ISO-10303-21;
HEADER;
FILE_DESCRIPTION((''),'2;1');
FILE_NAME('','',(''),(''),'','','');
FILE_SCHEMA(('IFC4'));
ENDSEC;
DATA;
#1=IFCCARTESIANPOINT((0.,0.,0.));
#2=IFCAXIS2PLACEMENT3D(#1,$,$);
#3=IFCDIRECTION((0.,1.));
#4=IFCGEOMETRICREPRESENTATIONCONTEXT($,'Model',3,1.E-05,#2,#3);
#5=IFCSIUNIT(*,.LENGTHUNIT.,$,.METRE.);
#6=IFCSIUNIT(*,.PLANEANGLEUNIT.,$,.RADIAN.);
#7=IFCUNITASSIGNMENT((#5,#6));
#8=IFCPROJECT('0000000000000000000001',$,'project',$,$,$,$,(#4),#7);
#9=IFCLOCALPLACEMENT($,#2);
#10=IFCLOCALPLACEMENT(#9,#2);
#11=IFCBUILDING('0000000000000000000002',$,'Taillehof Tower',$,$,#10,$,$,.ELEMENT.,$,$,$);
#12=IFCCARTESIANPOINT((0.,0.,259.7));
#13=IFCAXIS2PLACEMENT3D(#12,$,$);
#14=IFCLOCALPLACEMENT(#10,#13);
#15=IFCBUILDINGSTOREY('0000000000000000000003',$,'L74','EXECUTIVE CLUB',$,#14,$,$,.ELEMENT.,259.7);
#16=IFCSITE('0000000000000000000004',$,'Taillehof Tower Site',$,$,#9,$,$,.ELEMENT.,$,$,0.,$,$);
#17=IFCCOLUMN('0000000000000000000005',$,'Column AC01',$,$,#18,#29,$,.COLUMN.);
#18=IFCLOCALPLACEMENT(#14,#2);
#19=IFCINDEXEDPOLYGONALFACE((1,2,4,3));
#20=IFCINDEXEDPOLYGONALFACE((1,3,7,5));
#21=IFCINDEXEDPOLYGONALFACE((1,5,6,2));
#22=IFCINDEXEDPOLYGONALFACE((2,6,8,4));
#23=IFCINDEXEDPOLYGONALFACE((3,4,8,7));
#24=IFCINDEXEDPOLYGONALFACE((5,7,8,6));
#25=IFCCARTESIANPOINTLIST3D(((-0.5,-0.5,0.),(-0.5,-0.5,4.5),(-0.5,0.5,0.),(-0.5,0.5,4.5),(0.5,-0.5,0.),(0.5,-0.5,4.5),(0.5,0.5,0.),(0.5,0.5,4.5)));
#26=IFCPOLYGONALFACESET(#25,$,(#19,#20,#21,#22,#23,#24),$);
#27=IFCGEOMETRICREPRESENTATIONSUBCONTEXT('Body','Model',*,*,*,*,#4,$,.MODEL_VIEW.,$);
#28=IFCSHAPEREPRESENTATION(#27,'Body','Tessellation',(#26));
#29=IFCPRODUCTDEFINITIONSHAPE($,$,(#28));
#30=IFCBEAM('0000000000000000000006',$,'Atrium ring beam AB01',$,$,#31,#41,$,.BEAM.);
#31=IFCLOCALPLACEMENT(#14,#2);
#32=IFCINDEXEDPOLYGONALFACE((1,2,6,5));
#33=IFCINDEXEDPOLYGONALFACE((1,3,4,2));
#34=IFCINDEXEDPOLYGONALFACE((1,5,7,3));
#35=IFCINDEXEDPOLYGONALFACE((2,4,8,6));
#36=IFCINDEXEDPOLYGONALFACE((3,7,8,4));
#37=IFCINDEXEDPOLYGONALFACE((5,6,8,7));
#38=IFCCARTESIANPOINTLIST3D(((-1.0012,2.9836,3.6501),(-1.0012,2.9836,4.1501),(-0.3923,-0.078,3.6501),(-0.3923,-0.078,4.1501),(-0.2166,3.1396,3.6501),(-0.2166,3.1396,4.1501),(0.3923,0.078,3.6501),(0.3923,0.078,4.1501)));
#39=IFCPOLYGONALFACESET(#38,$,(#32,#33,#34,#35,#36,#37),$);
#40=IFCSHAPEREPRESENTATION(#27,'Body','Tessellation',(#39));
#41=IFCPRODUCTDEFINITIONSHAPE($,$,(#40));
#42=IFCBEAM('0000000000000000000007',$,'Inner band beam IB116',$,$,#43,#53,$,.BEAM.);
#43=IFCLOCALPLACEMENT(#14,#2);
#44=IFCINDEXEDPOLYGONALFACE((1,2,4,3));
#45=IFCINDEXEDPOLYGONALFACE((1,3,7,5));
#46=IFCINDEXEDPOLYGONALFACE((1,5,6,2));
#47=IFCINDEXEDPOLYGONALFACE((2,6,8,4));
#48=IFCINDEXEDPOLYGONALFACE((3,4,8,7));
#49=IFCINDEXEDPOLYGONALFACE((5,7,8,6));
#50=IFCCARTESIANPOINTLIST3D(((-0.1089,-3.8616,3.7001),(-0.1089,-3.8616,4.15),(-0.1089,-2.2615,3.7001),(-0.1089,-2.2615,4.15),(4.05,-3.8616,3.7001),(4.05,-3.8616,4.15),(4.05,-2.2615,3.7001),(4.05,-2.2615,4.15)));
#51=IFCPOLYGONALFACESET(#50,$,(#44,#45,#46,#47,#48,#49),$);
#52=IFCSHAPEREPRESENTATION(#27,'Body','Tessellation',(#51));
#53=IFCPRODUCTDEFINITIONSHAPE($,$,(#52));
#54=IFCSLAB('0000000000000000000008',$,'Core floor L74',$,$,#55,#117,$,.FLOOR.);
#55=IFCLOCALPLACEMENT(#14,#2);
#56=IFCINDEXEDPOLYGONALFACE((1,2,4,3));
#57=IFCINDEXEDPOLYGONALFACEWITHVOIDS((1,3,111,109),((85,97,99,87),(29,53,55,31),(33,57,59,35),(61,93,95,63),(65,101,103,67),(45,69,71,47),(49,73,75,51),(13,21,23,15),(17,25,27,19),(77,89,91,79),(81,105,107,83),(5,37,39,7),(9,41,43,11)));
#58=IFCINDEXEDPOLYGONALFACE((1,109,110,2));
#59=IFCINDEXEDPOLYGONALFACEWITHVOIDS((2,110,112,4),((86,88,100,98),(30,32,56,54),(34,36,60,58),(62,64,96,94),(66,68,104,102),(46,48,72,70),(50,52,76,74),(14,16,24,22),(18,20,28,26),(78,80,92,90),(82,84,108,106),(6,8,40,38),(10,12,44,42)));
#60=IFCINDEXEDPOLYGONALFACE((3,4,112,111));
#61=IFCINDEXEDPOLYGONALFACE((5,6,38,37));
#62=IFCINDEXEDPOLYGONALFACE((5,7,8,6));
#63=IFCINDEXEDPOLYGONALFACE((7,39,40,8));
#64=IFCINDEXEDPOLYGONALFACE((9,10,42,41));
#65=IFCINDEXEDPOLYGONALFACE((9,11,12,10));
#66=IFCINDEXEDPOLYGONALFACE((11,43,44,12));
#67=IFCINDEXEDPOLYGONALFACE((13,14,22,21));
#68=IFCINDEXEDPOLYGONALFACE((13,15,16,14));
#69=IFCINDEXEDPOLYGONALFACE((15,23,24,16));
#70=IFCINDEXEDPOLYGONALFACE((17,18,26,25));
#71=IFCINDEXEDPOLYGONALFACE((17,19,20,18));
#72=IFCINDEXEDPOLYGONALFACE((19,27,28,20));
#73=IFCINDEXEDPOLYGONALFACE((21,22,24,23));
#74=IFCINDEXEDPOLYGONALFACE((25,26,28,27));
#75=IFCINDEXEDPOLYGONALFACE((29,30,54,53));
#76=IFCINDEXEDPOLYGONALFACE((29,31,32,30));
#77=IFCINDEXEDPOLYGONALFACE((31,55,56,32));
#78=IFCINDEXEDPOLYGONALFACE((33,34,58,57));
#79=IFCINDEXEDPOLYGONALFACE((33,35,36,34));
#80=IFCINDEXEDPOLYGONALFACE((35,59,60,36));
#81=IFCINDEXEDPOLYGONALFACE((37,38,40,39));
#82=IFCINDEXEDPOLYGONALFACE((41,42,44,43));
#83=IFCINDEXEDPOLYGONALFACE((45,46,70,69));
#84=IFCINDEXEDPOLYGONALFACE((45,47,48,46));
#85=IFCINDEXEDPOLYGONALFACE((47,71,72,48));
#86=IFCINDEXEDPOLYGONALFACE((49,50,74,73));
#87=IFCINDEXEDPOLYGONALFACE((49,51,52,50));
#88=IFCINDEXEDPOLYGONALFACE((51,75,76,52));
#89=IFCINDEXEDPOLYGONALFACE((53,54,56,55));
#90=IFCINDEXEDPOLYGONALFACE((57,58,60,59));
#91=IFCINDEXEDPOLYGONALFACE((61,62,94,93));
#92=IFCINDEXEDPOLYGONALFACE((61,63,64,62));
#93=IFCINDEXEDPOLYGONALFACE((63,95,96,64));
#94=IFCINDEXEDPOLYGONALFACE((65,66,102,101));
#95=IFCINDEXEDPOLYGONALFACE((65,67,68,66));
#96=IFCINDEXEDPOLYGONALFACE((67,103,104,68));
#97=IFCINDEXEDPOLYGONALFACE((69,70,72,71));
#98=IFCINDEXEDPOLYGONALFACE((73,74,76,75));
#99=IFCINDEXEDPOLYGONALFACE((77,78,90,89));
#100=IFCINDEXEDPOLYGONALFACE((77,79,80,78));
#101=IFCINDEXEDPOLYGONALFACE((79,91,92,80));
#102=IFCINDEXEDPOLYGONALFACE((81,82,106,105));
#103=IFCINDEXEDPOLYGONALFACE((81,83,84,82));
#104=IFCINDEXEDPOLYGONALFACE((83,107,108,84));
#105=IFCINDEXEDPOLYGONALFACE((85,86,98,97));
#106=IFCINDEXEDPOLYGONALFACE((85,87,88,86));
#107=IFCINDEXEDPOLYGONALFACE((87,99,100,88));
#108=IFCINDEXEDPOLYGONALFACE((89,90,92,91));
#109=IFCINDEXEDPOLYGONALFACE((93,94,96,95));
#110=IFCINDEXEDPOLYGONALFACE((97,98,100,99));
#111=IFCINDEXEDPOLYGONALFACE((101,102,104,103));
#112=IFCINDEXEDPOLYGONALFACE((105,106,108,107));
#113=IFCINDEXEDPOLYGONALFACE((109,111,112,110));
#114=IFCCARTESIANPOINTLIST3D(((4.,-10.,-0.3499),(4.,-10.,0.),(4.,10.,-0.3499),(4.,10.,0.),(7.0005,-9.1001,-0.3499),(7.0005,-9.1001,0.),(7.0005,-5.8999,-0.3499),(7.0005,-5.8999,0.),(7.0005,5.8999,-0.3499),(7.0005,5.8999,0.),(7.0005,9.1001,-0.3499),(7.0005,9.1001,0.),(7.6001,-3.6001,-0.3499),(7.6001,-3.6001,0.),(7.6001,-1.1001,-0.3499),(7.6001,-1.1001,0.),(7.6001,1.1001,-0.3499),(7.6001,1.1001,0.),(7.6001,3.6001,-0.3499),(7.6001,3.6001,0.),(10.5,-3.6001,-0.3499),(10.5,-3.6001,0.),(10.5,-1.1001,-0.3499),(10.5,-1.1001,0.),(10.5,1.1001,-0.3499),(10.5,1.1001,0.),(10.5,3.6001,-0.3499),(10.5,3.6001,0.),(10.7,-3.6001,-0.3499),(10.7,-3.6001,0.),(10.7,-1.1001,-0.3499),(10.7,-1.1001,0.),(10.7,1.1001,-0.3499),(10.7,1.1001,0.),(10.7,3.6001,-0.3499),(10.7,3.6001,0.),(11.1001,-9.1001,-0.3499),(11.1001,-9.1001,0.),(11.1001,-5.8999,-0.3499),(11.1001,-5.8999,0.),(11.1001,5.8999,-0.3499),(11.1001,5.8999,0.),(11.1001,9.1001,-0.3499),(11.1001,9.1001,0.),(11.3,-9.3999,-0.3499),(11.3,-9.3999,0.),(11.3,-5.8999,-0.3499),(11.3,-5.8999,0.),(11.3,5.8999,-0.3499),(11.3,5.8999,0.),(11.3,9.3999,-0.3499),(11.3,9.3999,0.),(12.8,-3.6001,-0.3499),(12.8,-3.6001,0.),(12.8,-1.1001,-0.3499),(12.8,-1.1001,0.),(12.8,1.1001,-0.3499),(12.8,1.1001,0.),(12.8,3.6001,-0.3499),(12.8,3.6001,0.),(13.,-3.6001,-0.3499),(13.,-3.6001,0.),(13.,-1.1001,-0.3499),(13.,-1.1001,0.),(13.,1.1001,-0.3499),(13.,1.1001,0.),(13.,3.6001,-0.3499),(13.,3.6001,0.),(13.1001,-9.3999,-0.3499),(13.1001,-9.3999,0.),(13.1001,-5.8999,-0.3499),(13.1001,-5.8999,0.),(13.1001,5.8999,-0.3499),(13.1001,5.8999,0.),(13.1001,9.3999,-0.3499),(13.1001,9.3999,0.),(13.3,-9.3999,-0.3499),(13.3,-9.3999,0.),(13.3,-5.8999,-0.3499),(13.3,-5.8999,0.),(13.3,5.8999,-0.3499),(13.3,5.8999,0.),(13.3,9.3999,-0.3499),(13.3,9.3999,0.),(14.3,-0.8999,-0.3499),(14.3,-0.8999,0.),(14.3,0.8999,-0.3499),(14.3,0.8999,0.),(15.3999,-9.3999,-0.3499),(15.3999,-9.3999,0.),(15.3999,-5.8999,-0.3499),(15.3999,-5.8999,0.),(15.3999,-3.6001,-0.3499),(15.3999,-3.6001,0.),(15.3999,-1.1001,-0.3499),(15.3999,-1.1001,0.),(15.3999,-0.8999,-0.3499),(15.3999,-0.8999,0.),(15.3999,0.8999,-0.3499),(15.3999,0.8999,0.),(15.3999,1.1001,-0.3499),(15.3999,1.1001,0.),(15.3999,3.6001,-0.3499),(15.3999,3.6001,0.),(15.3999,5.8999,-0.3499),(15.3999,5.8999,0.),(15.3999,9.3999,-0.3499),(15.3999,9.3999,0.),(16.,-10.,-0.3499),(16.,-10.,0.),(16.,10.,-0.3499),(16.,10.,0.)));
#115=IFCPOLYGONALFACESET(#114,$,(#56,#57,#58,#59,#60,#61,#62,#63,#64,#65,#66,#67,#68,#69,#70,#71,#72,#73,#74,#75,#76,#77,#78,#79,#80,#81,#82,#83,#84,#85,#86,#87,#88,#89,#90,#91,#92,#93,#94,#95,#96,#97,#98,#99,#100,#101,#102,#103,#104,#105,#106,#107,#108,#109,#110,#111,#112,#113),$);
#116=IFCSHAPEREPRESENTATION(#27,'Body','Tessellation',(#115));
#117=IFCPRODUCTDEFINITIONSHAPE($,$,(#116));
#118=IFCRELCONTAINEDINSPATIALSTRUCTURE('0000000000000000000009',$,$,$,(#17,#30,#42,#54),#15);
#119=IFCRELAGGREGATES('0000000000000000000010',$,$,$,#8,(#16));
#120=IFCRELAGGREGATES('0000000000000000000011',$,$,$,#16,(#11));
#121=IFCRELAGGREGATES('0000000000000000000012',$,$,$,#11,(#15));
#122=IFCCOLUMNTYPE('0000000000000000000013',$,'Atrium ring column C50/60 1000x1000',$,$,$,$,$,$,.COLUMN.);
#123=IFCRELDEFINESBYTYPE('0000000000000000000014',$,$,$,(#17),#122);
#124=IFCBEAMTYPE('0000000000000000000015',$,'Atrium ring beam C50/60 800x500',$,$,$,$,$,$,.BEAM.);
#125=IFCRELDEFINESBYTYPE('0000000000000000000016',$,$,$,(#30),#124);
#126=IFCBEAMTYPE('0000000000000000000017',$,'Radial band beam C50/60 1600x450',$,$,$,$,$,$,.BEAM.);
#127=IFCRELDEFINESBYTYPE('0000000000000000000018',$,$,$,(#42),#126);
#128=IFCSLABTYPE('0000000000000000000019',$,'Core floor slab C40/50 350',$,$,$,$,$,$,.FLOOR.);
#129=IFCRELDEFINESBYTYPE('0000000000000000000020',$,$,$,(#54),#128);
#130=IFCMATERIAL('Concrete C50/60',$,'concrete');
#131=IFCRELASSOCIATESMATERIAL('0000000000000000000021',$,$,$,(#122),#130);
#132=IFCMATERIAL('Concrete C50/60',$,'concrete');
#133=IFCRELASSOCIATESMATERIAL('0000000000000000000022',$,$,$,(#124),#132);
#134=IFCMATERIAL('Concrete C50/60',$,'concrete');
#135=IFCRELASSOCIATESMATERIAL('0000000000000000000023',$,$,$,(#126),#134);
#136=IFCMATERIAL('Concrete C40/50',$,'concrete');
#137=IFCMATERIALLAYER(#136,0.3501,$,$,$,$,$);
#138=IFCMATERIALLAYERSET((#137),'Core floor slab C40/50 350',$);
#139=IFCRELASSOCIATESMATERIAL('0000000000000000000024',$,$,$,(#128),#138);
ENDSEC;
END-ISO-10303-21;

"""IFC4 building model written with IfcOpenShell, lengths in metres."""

from ifc_helpers import new_model, si_unit, direction, frame, origin, origin_with_axes, origin_2d, place, context, subcontext, project, spatial, polyline, rectangle, outline, extrude, material, layer, layer_set, material_profile, profile_set, type_object, element, save


model = new_model("IFC4")

# Units and contexts
model_context = context("Model", 3, precision=1e-05, world=origin(), true_north=direction((0.0, 1.0)))
body_context = subcontext(model_context, "Body", "Model", "MODEL_VIEW")
ifc_project = project(units=[si_unit("LENGTHUNIT", "METRE"), si_unit("PLANEANGLEUNIT", "RADIAN")], contexts=[model_context])

# Site, building, storey
site_placement = place(None, origin())
site = spatial("IfcSite", under=ifc_project, at=site_placement, Name="Taillehof Tower Site", CompositionType="ELEMENT", RefElevation=0.0)
building_placement = place(site_placement, origin())
building = spatial("IfcBuilding", under=site, at=building_placement, Name="Taillehof Tower", CompositionType="ELEMENT")
storey_placement = place(building_placement, frame((0.0, 0.0, 259.7)))
storey = spatial("IfcBuildingStorey", under=building, at=storey_placement, Name="L74", Description="EXECUTIVE CLUB", CompositionType="ELEMENT", Elevation=259.7)

# Column
ifc_material_1 = material(Name="Concrete C50/60", Category="concrete")
ifc_material_profile_1 = material_profile(ifc_material_1, rectangle(XDim=1.0, YDim=1.0, at=origin_2d()), Name="RC 1000x1000")
ifc_profile_set_1 = profile_set([ifc_material_profile_1], Name="Concrete C50/60")
column_type = type_object("IfcColumnType", Name="Atrium ring column C50/60 1000x1000", PredefinedType="COLUMN", material=ifc_profile_set_1)
column_placement = place(storey_placement, origin_with_axes())
element("IfcColumn", 1, at=column_placement, inside=storey, type_object=column_type, Name="Column AC01", PredefinedType="COLUMN", context=body_context, shape_type="SweptSolid", body=[
    extrude(rectangle(XDim=1.0, YDim=1.0, at=origin_2d()), origin(), (0.0, 0.0, 1.0), 4.5),
])

# Beams
ifc_material_2 = material(Name="Concrete C50/60", Category="concrete")
ifc_material_profile_2 = material_profile(ifc_material_2, rectangle(XDim=0.8, YDim=0.5, at=origin_2d()), Name="RC 800x500")
ifc_profile_set_2 = profile_set([ifc_material_profile_2], Name="Concrete C50/60")
beam_type_1 = type_object("IfcBeamType", Name="Atrium ring beam C50/60 800x500", PredefinedType="BEAM", material=ifc_profile_set_2)
beam_1_placement = place(storey_placement, frame((0.0, 0.0, 3.9001), z_axis=(-0.195063, 0.980791, 0.0), x_axis=(-0.980791, -0.195063, 0.0)))
element("IfcBeam", 2, at=beam_1_placement, inside=storey, type_object=beam_type_1, Name="Atrium ring beam AB01", PredefinedType="BEAM", context=body_context, shape_type="SweptSolid", body=[
    extrude(rectangle(XDim=0.8, YDim=0.5, at=origin_2d()), origin(), (0.0, 0.0, 1.0), 3.1216),
])
ifc_material_3 = material(Name="Concrete C50/60", Category="concrete")
ifc_material_profile_3 = material_profile(ifc_material_3, rectangle(XDim=1.6001, YDim=0.45, at=origin_2d()), Name="RC 1600x450")
ifc_profile_set_3 = profile_set([ifc_material_profile_3], Name="Concrete C50/60")
beam_type_2 = type_object("IfcBeamType", Name="Radial band beam C50/60 1600x450", PredefinedType="BEAM", material=ifc_profile_set_3)
beam_2_placement = place(storey_placement, frame((-0.1089, -3.0615, 3.925), z_axis=(1.0, 0.0, 0.0), x_axis=(0.0, 1.0, 0.0)))
element("IfcBeam", 3, at=beam_2_placement, inside=storey, type_object=beam_type_2, Name="Inner band beam IB116", PredefinedType="BEAM", context=body_context, shape_type="SweptSolid", body=[
    extrude(rectangle(XDim=1.6001, YDim=0.45, at=origin_2d()), origin(), (0.0, 0.0, 1.0), 4.1589),
])

# Slab
ifc_material_4 = material(Name="Concrete C40/50", Category="concrete")
ifc_layer_1 = layer(ifc_material_4, 0.3501)
ifc_layer_set_1 = layer_set([ifc_layer_1], Name="Core floor slab C40/50 350")
slab_type_1 = type_object("IfcSlabType", Name="Core floor slab C40/50 350", PredefinedType="FLOOR", material=ifc_layer_set_1)
slab_1_placement = place(storey_placement, frame((0.0, 0.0, -0.3499)))
element("IfcSlab", 4, at=slab_1_placement, inside=storey, type_object=slab_type_1, Name="Core floor L74", PredefinedType="FLOOR", context=body_context, shape_type="SweptSolid", body=[
    extrude(outline(polyline([(4.0, -10.0), (4.0, 10.0), (16.0, 10.0), (16.0, -10.0), (4.0, -10.0)]), holes=[polyline([(11.1001, -9.1001), (11.1001, -5.8999), (7.0005, -5.8999), (7.0005, -9.1001), (11.1001, -9.1001)]), polyline([(10.5, -3.6001), (10.5, -1.1001), (7.6001, -1.1001), (7.6001, -3.6001), (10.5, -3.6001)]), polyline([(12.8, -3.6001), (12.8, -1.1001), (10.7, -1.1001), (10.7, -3.6001), (12.8, -3.6001)]), polyline([(10.5, 3.6001), (7.6001, 3.6001), (7.6001, 1.1001), (10.5, 1.1001), (10.5, 3.6001)]), polyline([(12.8, 1.1001), (12.8, 3.6001), (10.7, 3.6001), (10.7, 1.1001), (12.8, 1.1001)]), polyline([(11.1001, 5.8999), (11.1001, 9.1001), (7.0005, 9.1001), (7.0005, 5.8999), (11.1001, 5.8999)]), polyline([(13.1001, 9.3999), (11.3, 9.3999), (11.3, 5.8999), (13.1001, 5.8999), (13.1001, 9.3999)]), polyline([(13.1001, -9.3999), (13.1001, -5.8999), (11.3, -5.8999), (11.3, -9.3999), (13.1001, -9.3999)]), polyline([(15.3999, -9.3999), (15.3999, -5.8999), (13.3, -5.8999), (13.3, -9.3999), (15.3999, -9.3999)]), polyline([(15.3999, -3.6001), (15.3999, -1.1001), (13.0, -1.1001), (13.0, -3.6001), (15.3999, -3.6001)]), polyline([(15.3999, -0.8999), (15.3999, 0.8999), (14.3, 0.8999), (14.3, -0.8999), (15.3999, -0.8999)]), polyline([(15.3999, 1.1001), (15.3999, 3.6001), (13.0, 3.6001), (13.0, 1.1001), (15.3999, 1.1001)]), polyline([(15.3999, 5.8999), (15.3999, 9.3999), (13.3, 9.3999), (13.3, 5.8999), (15.3999, 5.8999)])]), origin(), (0.0, 0.0, 1.0), 0.3499),
])

save(model, "model.ifc")
